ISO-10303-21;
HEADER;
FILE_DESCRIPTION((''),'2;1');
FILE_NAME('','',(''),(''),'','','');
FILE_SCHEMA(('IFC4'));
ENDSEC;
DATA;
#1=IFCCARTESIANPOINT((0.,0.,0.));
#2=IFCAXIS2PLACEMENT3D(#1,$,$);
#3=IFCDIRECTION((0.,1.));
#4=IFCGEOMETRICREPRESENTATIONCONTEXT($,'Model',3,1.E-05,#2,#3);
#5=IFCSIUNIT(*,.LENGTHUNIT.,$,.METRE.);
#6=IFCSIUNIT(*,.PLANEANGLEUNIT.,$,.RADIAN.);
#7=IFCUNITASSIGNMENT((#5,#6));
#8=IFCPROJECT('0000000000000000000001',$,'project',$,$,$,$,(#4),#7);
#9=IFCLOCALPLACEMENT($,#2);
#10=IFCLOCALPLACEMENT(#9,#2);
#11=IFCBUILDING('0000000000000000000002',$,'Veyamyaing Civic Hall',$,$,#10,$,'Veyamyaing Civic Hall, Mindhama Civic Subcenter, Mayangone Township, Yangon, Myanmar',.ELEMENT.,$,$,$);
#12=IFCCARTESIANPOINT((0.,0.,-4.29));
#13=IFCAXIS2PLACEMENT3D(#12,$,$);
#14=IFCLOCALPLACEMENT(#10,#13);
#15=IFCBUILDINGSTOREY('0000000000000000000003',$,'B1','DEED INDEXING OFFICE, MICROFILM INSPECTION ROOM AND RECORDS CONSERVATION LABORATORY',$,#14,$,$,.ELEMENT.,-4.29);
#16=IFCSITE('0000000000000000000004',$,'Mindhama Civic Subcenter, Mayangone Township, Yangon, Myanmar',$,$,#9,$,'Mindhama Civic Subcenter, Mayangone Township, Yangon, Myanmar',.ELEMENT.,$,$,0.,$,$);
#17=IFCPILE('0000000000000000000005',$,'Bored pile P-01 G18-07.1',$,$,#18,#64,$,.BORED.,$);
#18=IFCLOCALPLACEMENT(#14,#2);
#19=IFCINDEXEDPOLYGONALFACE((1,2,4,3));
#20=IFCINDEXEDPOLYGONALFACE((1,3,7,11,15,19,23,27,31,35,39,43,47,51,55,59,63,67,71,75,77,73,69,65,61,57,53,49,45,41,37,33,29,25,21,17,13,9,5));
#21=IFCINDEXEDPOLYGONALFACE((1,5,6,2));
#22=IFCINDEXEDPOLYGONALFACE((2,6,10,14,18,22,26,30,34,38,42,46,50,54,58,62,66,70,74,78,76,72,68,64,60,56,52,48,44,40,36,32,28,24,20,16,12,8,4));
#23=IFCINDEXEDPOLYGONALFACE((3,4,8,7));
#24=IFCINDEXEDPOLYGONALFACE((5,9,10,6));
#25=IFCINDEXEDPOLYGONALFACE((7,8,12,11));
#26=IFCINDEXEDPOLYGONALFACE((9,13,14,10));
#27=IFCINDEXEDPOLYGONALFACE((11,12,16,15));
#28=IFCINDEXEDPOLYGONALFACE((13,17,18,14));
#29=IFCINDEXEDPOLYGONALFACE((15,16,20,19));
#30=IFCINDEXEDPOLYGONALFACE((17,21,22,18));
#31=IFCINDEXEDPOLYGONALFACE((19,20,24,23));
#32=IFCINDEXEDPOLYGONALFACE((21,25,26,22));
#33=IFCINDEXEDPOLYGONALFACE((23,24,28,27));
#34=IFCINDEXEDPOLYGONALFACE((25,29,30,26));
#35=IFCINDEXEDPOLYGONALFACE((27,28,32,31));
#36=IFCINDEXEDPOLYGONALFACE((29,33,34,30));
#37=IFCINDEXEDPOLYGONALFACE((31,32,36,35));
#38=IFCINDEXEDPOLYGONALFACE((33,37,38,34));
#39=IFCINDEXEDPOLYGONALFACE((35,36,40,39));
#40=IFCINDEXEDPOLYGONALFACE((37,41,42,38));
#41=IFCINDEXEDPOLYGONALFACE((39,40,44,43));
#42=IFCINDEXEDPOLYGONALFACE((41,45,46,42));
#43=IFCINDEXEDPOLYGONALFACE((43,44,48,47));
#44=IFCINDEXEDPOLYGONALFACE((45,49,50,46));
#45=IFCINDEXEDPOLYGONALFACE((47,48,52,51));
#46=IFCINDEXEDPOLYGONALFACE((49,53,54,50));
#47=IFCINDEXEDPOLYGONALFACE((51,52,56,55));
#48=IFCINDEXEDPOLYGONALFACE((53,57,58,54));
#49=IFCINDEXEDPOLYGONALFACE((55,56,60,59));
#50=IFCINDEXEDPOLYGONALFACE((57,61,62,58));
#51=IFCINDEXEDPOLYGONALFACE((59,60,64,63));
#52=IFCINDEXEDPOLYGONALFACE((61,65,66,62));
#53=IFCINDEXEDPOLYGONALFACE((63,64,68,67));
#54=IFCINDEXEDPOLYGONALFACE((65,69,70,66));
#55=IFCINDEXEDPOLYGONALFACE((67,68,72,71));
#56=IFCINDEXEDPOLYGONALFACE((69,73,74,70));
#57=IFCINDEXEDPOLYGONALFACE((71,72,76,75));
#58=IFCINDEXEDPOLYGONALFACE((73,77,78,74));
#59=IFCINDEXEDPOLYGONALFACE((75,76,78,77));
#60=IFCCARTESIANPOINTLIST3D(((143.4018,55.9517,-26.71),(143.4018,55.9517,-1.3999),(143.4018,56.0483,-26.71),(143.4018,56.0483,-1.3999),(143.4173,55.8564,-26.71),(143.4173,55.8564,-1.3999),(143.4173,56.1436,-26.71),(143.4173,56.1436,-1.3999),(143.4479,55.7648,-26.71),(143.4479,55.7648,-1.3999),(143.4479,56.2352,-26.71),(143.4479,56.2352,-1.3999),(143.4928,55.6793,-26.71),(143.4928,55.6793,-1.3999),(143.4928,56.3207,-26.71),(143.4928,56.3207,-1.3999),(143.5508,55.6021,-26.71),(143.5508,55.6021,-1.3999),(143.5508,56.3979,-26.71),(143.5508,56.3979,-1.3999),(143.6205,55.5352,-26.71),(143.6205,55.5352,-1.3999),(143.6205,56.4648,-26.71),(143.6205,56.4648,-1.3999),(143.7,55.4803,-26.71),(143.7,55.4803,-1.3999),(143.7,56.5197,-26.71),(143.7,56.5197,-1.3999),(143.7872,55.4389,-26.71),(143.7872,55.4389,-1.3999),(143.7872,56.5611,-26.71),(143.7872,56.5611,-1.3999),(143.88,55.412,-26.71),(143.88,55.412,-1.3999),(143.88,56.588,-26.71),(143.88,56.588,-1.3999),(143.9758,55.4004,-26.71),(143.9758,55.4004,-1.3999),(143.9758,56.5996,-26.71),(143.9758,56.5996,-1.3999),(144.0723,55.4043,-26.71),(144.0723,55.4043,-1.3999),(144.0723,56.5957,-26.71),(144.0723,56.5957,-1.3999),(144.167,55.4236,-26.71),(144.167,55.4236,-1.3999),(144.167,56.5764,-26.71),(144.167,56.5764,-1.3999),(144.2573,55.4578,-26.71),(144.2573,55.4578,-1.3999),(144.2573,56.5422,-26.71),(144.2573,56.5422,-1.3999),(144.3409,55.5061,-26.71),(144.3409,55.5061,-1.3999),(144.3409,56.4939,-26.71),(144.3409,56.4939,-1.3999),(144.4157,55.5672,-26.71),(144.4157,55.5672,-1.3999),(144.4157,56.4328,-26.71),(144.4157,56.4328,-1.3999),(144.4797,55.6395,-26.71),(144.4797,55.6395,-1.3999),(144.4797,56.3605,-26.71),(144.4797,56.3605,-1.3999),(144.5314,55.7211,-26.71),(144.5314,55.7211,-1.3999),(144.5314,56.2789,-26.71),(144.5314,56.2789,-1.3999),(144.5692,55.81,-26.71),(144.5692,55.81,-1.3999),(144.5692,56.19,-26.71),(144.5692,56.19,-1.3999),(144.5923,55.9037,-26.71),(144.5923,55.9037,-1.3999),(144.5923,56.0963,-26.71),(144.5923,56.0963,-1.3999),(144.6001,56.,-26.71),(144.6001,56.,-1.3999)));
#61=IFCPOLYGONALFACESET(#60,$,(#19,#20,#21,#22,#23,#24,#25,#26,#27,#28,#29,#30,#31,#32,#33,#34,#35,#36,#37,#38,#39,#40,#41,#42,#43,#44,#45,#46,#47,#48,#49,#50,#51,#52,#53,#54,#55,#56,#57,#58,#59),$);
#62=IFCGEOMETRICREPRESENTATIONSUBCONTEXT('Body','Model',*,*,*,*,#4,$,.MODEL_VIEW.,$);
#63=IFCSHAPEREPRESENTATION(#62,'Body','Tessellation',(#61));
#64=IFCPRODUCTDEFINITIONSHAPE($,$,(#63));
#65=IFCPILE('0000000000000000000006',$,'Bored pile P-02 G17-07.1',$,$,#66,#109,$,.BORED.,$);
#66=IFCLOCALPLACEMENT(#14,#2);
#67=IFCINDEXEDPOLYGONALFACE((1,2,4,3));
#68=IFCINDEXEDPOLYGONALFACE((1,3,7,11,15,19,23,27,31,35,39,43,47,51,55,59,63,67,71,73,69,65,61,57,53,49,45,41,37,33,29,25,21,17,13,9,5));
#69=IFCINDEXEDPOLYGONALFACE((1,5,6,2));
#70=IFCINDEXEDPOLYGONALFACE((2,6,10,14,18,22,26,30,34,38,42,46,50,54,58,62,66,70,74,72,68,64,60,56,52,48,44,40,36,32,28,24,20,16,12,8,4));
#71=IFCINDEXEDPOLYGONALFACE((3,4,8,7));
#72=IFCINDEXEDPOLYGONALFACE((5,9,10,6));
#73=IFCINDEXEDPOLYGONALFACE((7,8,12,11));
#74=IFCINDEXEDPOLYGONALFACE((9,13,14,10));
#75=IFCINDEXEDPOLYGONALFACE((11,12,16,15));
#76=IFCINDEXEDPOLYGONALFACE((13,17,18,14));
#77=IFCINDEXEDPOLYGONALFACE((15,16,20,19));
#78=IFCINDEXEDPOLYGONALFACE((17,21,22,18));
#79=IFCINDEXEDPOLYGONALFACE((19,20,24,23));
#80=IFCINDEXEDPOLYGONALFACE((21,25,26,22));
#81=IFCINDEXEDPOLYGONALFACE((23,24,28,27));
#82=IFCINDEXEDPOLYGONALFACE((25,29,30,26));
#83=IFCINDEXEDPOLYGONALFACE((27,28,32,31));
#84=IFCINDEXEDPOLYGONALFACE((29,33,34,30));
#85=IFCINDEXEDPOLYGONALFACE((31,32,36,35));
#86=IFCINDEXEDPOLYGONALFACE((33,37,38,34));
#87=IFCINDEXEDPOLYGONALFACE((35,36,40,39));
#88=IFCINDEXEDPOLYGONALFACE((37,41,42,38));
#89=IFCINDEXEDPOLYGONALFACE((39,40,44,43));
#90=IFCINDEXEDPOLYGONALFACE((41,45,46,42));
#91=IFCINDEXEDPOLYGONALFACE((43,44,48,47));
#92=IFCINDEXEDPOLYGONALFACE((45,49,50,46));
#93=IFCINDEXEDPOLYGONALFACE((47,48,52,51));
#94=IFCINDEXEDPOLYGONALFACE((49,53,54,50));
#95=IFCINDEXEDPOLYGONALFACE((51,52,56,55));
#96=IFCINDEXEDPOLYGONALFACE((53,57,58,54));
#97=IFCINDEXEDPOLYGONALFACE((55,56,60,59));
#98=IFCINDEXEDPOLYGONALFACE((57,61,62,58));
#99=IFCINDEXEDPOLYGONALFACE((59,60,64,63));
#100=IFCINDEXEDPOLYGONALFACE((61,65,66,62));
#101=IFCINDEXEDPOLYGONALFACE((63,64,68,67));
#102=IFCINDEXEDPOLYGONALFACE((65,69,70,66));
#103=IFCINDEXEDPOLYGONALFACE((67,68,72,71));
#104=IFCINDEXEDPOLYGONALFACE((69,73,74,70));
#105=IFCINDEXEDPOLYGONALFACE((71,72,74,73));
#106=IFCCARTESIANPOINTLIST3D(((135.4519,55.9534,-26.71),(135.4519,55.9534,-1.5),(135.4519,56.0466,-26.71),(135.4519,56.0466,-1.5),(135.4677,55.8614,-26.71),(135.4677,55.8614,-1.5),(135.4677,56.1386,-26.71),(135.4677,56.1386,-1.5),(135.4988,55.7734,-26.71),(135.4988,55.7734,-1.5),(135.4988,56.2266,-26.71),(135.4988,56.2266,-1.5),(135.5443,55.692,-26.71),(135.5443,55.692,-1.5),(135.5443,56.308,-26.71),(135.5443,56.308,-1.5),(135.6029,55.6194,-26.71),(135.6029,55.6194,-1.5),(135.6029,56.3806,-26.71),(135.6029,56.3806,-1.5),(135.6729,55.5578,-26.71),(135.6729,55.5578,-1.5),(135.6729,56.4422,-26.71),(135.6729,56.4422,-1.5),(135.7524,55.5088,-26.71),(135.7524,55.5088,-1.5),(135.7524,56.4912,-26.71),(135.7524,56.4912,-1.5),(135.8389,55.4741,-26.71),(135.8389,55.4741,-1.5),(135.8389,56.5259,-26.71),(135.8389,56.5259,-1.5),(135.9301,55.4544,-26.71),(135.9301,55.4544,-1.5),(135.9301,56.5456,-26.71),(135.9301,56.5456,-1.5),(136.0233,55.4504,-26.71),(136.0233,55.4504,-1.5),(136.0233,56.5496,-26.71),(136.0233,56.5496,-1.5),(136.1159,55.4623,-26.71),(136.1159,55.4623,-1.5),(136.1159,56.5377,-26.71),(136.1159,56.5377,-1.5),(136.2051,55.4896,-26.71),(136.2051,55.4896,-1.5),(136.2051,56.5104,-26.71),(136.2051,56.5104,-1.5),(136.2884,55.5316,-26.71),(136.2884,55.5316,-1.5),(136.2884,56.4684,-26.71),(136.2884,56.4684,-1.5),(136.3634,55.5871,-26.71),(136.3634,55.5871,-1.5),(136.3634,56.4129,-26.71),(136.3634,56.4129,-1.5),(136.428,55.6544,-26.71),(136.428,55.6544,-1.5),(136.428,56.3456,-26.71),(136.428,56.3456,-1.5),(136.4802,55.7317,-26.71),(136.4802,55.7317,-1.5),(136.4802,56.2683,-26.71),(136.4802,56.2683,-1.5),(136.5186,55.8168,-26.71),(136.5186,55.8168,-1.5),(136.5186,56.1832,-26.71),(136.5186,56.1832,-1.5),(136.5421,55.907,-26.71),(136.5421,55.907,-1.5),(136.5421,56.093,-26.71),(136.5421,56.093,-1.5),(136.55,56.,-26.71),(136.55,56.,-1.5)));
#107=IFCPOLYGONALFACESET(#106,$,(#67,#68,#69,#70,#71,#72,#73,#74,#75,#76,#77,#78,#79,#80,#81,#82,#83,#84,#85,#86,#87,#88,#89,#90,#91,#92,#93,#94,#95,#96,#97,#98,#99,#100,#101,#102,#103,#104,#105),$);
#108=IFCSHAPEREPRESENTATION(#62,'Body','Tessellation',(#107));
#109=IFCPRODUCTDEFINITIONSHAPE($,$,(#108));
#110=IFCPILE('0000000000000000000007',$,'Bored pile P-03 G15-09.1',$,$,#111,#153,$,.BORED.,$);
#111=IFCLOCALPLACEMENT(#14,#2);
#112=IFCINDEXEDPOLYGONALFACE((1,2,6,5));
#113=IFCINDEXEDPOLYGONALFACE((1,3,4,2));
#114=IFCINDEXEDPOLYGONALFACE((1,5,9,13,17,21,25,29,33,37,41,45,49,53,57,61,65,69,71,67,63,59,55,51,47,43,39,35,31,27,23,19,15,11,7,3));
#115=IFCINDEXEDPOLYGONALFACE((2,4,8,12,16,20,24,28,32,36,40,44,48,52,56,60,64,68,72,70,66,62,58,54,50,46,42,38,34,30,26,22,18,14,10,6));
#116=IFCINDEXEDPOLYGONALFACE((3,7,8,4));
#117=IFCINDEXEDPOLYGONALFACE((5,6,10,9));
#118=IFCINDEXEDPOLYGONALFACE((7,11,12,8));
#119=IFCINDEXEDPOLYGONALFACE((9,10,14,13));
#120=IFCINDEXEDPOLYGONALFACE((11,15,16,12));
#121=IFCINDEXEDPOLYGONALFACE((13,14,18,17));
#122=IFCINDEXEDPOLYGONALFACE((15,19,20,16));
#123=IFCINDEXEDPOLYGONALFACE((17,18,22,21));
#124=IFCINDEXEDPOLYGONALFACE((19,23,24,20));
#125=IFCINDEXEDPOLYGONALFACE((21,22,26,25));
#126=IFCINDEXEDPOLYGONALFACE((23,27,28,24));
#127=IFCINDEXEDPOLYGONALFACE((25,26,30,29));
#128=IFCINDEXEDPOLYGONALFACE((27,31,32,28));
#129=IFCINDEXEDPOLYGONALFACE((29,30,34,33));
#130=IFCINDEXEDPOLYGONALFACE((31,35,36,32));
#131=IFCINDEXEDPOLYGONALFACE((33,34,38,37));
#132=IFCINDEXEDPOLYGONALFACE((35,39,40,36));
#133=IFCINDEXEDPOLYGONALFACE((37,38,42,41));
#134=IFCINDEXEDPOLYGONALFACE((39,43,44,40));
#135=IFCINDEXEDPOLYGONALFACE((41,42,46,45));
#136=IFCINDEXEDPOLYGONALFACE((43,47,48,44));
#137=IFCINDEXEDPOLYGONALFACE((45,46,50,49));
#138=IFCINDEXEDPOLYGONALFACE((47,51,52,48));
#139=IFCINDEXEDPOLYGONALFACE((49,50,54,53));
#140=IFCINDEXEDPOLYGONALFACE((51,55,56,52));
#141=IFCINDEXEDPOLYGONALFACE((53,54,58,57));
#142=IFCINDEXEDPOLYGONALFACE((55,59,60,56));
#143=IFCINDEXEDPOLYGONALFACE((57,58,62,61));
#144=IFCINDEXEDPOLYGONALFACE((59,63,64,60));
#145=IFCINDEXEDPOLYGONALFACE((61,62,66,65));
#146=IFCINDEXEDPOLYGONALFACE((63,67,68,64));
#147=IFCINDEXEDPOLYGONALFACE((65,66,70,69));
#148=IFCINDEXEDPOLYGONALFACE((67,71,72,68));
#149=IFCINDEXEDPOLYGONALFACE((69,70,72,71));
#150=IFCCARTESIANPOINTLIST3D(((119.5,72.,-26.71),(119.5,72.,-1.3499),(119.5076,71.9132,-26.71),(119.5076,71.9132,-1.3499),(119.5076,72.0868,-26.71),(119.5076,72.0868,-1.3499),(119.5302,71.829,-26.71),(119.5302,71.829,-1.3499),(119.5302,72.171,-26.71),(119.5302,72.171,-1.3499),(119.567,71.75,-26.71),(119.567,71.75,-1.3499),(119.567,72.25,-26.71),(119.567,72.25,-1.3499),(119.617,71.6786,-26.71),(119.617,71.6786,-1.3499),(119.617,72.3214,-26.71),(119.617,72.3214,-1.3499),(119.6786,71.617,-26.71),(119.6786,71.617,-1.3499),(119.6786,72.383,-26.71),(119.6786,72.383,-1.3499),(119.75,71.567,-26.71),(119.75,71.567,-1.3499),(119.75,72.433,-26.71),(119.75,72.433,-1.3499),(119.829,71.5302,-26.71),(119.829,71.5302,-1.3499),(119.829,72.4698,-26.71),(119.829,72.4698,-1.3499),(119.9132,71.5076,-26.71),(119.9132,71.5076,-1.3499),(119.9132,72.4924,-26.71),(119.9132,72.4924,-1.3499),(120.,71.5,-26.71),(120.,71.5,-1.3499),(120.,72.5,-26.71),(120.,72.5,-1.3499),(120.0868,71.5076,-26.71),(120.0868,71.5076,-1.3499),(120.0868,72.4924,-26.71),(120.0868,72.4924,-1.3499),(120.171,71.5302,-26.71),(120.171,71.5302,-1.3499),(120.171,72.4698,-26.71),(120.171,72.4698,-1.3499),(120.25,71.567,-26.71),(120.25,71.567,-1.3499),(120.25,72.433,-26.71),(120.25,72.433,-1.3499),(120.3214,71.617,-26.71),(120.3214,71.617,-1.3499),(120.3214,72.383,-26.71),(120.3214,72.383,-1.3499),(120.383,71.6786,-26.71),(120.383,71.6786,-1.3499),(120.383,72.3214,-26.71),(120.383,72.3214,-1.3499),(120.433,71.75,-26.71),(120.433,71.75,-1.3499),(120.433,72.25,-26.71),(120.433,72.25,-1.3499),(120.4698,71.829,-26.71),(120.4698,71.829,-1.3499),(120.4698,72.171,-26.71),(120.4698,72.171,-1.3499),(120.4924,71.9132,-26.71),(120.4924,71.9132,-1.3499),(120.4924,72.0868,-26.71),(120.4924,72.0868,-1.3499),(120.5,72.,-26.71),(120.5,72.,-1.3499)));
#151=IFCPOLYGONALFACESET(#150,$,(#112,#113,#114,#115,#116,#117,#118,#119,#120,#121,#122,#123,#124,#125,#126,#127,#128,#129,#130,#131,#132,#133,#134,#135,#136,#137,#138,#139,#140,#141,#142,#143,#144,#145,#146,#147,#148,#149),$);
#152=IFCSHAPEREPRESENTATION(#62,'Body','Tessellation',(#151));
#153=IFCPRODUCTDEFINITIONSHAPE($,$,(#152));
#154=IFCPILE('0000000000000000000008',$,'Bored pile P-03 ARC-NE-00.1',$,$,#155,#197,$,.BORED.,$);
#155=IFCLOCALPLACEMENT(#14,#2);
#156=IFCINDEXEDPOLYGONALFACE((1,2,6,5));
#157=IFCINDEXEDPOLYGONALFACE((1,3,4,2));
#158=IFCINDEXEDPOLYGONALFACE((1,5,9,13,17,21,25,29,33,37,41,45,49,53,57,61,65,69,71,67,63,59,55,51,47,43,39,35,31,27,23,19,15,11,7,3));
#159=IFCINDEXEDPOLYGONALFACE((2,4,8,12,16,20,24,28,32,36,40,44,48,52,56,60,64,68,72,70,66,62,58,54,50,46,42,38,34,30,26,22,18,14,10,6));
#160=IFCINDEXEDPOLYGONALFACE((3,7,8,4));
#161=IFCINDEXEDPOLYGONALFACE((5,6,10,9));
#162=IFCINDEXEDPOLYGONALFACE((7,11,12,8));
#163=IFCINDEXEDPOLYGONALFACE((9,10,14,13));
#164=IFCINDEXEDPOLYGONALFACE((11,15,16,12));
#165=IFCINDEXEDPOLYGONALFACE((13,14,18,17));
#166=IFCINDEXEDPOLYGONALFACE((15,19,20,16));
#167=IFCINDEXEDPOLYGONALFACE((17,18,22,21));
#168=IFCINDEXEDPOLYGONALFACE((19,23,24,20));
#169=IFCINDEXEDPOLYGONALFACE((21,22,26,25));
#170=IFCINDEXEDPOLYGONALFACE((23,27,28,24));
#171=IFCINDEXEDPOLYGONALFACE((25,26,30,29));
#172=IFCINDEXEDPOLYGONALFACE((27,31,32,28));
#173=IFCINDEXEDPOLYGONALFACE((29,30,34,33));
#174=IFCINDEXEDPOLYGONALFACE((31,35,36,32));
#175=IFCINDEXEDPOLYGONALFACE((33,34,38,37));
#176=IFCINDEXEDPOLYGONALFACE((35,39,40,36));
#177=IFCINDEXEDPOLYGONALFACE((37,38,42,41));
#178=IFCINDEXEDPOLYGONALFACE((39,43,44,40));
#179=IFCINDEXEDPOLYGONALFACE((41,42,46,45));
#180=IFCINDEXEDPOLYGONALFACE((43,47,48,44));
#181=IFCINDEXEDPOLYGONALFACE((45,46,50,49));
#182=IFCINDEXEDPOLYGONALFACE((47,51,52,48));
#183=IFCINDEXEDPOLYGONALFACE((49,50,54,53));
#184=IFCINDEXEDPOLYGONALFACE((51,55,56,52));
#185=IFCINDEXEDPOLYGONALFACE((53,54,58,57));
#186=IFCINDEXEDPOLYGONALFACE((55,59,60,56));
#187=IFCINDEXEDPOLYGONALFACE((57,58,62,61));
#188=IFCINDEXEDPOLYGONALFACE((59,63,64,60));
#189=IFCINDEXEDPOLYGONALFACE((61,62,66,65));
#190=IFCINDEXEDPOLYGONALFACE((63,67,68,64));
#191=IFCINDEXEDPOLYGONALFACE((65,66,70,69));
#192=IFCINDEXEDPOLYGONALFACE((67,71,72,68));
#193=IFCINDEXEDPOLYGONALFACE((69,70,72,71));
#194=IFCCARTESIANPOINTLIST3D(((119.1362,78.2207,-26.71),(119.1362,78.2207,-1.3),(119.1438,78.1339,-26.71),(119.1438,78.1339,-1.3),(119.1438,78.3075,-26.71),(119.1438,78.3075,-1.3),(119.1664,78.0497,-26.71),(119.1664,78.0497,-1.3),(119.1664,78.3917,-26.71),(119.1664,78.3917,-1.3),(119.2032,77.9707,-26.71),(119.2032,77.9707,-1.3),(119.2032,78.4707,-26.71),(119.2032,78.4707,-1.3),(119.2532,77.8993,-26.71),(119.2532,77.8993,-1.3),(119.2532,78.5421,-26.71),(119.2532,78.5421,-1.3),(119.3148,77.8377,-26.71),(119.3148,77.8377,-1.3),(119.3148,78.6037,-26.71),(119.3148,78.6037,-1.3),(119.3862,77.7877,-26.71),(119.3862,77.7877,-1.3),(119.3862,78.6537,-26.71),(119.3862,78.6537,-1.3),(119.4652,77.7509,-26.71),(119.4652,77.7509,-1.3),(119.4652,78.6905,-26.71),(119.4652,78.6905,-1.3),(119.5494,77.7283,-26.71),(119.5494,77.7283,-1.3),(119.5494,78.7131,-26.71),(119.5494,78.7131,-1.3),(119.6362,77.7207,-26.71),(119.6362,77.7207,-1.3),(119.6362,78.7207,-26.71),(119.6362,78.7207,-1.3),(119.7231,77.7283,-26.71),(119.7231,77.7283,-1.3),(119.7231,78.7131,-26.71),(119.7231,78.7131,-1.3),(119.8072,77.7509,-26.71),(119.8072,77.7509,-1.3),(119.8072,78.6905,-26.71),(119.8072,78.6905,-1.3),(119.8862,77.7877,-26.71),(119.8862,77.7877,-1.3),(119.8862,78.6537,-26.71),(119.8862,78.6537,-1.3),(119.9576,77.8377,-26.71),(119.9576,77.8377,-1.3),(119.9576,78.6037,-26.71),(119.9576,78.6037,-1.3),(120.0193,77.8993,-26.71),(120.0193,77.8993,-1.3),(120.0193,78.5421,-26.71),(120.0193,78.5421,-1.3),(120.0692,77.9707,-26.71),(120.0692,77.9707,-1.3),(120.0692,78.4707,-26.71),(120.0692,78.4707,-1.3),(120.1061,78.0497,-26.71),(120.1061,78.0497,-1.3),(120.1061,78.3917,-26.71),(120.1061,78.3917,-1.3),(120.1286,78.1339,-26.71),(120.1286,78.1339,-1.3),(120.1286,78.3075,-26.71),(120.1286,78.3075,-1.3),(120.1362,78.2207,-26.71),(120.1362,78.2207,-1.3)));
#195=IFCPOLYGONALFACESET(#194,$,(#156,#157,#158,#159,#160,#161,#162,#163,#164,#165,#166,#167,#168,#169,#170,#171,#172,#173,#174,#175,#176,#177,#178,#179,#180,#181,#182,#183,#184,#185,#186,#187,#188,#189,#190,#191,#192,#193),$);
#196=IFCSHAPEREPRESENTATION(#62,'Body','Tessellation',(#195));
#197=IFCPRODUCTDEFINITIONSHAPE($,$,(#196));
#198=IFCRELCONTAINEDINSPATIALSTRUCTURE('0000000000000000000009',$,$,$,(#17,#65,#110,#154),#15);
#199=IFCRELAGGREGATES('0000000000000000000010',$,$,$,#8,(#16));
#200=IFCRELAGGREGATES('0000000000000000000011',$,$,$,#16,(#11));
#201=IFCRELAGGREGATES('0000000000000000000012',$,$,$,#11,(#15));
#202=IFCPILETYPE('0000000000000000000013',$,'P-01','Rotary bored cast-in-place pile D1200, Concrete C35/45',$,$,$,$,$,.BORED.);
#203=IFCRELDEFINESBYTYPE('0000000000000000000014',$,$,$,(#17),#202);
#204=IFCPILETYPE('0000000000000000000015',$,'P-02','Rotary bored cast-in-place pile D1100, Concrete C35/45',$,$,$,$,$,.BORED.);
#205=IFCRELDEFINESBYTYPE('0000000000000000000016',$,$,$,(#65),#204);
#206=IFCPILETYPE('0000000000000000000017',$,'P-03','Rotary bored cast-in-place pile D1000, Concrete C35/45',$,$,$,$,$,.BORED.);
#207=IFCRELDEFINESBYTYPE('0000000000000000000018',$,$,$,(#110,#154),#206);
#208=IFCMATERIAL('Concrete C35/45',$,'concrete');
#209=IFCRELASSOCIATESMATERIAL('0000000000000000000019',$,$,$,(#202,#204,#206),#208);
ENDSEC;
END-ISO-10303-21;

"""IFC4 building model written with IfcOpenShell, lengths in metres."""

from ifc_helpers import new_model, si_unit, direction, frame, origin, origin_2d, place, context, subcontext, project, spatial, circle, extrude, material, material_profile, profile_set, type_object, element, save


model = new_model("IFC4")

# Units and contexts
model_context = context("Model", 3, precision=1e-05, world=origin(), true_north=direction((0.0, 1.0)))
body_context = subcontext(model_context, "Body", "Model", "MODEL_VIEW")
ifc_project = project(units=[si_unit("LENGTHUNIT", "METRE"), si_unit("PLANEANGLEUNIT", "RADIAN")], contexts=[model_context])

# Site, building, storey
site_placement = place(None, origin())
site = spatial("IfcSite", under=ifc_project, at=site_placement, Name="Mindhama Civic Subcenter, Mayangone Township, Yangon, Myanmar", LongName="Mindhama Civic Subcenter, Mayangone Township, Yangon, Myanmar", CompositionType="ELEMENT", RefElevation=0.0)
building_placement = place(site_placement, origin())
building = spatial("IfcBuilding", under=site, at=building_placement, Name="Veyamyaing Civic Hall", LongName="Veyamyaing Civic Hall, Mindhama Civic Subcenter, Mayangone Township, Yangon, Myanmar", CompositionType="ELEMENT")
storey_placement = place(building_placement, frame((0.0, 0.0, -4.29)))
storey = spatial("IfcBuildingStorey", under=building, at=storey_placement, Name="B1", Description="DEED INDEXING OFFICE, MICROFILM INSPECTION ROOM AND RECORDS CONSERVATION LABORATORY", CompositionType="ELEMENT", Elevation=-4.29)

# Piles
ifc_material_1 = material(Name="Concrete C35/45", Category="concrete")
ifc_material_profile_1 = material_profile(ifc_material_1, circle(Radius=0.6001, at=origin_2d()), Name="PILE-D1200")
ifc_profile_set_1 = profile_set([ifc_material_profile_1], Name="Concrete C35/45")
pile_type_1 = type_object("IfcPileType", Name="P-01", Description="Rotary bored cast-in-place pile D1200, Concrete C35/45", PredefinedType="BORED", material=ifc_profile_set_1)
for number, where, z_axis, x_axis, name in (
    (1, (144.0, 56.0, -1.3999), (0.0, 0.0, -1.0), (1.0, 0.0, 0.0), "Bored pile P-01 G18-07.1"),
):
    element("IfcPile", number, at=place(storey_placement, frame(where, z_axis=z_axis, x_axis=x_axis)), inside=storey, type_object=pile_type_1, Name=name, PredefinedType="BORED", context=body_context, shape_type="SweptSolid", body=[
        extrude(circle(Radius=0.6001, at=origin_2d()), origin(), (0.0, 0.0, 1.0), 25.3101),
    ])
ifc_material_profile_2 = material_profile(ifc_material_1, circle(Radius=0.55, at=origin_2d()), Name="PILE-D1100")
ifc_profile_set_2 = profile_set([ifc_material_profile_2], Name="Concrete C35/45")
pile_type_2 = type_object("IfcPileType", Name="P-02", Description="Rotary bored cast-in-place pile D1100, Concrete C35/45", PredefinedType="BORED", material=ifc_profile_set_2)
pile_1_placement = place(storey_placement, frame((136.0, 56.0, -1.5), z_axis=(0.0, 0.0, -1.0), x_axis=(1.0, 0.0, 0.0)))
element("IfcPile", 2, at=pile_1_placement, inside=storey, type_object=pile_type_2, Name="Bored pile P-02 G17-07.1", PredefinedType="BORED", context=body_context, shape_type="SweptSolid", body=[
    extrude(circle(Radius=0.55, at=origin_2d()), origin(), (0.0, 0.0, 1.0), 25.21),
])
ifc_material_profile_3 = material_profile(ifc_material_1, circle(Radius=0.5, at=origin_2d()), Name="PILE-D1000")
ifc_profile_set_3 = profile_set([ifc_material_profile_3], Name="Concrete C35/45")
pile_type_3 = type_object("IfcPileType", Name="P-03", Description="Rotary bored cast-in-place pile D1000, Concrete C35/45", PredefinedType="BORED", material=ifc_profile_set_3)
pile_2_placement = place(storey_placement, frame((120.0, 72.0, -1.3499), z_axis=(0.0, 0.0, -1.0), x_axis=(1.0, 0.0, 0.0)))
element("IfcPile", 3, at=pile_2_placement, inside=storey, type_object=pile_type_3, Name="Bored pile P-03 G15-09.1", PredefinedType="BORED", context=body_context, shape_type="SweptSolid", body=[
    extrude(circle(Radius=0.5, at=origin_2d()), origin(), (0.0, 0.0, 1.0), 25.3601),
])
pile_3_placement = place(storey_placement, frame((119.6362, 78.2207, -1.3), z_axis=(0.0, 0.0, -1.0), x_axis=(1.0, 0.0, 0.0)))
element("IfcPile", 4, at=pile_3_placement, inside=storey, type_object=pile_type_3, Name="Bored pile P-03 ARC-NE-00.1", PredefinedType="BORED", context=body_context, shape_type="SweptSolid", body=[
    extrude(circle(Radius=0.5, at=origin_2d()), origin(), (0.0, 0.0, 1.0), 25.4099),
])

save(model, "model.ifc")
